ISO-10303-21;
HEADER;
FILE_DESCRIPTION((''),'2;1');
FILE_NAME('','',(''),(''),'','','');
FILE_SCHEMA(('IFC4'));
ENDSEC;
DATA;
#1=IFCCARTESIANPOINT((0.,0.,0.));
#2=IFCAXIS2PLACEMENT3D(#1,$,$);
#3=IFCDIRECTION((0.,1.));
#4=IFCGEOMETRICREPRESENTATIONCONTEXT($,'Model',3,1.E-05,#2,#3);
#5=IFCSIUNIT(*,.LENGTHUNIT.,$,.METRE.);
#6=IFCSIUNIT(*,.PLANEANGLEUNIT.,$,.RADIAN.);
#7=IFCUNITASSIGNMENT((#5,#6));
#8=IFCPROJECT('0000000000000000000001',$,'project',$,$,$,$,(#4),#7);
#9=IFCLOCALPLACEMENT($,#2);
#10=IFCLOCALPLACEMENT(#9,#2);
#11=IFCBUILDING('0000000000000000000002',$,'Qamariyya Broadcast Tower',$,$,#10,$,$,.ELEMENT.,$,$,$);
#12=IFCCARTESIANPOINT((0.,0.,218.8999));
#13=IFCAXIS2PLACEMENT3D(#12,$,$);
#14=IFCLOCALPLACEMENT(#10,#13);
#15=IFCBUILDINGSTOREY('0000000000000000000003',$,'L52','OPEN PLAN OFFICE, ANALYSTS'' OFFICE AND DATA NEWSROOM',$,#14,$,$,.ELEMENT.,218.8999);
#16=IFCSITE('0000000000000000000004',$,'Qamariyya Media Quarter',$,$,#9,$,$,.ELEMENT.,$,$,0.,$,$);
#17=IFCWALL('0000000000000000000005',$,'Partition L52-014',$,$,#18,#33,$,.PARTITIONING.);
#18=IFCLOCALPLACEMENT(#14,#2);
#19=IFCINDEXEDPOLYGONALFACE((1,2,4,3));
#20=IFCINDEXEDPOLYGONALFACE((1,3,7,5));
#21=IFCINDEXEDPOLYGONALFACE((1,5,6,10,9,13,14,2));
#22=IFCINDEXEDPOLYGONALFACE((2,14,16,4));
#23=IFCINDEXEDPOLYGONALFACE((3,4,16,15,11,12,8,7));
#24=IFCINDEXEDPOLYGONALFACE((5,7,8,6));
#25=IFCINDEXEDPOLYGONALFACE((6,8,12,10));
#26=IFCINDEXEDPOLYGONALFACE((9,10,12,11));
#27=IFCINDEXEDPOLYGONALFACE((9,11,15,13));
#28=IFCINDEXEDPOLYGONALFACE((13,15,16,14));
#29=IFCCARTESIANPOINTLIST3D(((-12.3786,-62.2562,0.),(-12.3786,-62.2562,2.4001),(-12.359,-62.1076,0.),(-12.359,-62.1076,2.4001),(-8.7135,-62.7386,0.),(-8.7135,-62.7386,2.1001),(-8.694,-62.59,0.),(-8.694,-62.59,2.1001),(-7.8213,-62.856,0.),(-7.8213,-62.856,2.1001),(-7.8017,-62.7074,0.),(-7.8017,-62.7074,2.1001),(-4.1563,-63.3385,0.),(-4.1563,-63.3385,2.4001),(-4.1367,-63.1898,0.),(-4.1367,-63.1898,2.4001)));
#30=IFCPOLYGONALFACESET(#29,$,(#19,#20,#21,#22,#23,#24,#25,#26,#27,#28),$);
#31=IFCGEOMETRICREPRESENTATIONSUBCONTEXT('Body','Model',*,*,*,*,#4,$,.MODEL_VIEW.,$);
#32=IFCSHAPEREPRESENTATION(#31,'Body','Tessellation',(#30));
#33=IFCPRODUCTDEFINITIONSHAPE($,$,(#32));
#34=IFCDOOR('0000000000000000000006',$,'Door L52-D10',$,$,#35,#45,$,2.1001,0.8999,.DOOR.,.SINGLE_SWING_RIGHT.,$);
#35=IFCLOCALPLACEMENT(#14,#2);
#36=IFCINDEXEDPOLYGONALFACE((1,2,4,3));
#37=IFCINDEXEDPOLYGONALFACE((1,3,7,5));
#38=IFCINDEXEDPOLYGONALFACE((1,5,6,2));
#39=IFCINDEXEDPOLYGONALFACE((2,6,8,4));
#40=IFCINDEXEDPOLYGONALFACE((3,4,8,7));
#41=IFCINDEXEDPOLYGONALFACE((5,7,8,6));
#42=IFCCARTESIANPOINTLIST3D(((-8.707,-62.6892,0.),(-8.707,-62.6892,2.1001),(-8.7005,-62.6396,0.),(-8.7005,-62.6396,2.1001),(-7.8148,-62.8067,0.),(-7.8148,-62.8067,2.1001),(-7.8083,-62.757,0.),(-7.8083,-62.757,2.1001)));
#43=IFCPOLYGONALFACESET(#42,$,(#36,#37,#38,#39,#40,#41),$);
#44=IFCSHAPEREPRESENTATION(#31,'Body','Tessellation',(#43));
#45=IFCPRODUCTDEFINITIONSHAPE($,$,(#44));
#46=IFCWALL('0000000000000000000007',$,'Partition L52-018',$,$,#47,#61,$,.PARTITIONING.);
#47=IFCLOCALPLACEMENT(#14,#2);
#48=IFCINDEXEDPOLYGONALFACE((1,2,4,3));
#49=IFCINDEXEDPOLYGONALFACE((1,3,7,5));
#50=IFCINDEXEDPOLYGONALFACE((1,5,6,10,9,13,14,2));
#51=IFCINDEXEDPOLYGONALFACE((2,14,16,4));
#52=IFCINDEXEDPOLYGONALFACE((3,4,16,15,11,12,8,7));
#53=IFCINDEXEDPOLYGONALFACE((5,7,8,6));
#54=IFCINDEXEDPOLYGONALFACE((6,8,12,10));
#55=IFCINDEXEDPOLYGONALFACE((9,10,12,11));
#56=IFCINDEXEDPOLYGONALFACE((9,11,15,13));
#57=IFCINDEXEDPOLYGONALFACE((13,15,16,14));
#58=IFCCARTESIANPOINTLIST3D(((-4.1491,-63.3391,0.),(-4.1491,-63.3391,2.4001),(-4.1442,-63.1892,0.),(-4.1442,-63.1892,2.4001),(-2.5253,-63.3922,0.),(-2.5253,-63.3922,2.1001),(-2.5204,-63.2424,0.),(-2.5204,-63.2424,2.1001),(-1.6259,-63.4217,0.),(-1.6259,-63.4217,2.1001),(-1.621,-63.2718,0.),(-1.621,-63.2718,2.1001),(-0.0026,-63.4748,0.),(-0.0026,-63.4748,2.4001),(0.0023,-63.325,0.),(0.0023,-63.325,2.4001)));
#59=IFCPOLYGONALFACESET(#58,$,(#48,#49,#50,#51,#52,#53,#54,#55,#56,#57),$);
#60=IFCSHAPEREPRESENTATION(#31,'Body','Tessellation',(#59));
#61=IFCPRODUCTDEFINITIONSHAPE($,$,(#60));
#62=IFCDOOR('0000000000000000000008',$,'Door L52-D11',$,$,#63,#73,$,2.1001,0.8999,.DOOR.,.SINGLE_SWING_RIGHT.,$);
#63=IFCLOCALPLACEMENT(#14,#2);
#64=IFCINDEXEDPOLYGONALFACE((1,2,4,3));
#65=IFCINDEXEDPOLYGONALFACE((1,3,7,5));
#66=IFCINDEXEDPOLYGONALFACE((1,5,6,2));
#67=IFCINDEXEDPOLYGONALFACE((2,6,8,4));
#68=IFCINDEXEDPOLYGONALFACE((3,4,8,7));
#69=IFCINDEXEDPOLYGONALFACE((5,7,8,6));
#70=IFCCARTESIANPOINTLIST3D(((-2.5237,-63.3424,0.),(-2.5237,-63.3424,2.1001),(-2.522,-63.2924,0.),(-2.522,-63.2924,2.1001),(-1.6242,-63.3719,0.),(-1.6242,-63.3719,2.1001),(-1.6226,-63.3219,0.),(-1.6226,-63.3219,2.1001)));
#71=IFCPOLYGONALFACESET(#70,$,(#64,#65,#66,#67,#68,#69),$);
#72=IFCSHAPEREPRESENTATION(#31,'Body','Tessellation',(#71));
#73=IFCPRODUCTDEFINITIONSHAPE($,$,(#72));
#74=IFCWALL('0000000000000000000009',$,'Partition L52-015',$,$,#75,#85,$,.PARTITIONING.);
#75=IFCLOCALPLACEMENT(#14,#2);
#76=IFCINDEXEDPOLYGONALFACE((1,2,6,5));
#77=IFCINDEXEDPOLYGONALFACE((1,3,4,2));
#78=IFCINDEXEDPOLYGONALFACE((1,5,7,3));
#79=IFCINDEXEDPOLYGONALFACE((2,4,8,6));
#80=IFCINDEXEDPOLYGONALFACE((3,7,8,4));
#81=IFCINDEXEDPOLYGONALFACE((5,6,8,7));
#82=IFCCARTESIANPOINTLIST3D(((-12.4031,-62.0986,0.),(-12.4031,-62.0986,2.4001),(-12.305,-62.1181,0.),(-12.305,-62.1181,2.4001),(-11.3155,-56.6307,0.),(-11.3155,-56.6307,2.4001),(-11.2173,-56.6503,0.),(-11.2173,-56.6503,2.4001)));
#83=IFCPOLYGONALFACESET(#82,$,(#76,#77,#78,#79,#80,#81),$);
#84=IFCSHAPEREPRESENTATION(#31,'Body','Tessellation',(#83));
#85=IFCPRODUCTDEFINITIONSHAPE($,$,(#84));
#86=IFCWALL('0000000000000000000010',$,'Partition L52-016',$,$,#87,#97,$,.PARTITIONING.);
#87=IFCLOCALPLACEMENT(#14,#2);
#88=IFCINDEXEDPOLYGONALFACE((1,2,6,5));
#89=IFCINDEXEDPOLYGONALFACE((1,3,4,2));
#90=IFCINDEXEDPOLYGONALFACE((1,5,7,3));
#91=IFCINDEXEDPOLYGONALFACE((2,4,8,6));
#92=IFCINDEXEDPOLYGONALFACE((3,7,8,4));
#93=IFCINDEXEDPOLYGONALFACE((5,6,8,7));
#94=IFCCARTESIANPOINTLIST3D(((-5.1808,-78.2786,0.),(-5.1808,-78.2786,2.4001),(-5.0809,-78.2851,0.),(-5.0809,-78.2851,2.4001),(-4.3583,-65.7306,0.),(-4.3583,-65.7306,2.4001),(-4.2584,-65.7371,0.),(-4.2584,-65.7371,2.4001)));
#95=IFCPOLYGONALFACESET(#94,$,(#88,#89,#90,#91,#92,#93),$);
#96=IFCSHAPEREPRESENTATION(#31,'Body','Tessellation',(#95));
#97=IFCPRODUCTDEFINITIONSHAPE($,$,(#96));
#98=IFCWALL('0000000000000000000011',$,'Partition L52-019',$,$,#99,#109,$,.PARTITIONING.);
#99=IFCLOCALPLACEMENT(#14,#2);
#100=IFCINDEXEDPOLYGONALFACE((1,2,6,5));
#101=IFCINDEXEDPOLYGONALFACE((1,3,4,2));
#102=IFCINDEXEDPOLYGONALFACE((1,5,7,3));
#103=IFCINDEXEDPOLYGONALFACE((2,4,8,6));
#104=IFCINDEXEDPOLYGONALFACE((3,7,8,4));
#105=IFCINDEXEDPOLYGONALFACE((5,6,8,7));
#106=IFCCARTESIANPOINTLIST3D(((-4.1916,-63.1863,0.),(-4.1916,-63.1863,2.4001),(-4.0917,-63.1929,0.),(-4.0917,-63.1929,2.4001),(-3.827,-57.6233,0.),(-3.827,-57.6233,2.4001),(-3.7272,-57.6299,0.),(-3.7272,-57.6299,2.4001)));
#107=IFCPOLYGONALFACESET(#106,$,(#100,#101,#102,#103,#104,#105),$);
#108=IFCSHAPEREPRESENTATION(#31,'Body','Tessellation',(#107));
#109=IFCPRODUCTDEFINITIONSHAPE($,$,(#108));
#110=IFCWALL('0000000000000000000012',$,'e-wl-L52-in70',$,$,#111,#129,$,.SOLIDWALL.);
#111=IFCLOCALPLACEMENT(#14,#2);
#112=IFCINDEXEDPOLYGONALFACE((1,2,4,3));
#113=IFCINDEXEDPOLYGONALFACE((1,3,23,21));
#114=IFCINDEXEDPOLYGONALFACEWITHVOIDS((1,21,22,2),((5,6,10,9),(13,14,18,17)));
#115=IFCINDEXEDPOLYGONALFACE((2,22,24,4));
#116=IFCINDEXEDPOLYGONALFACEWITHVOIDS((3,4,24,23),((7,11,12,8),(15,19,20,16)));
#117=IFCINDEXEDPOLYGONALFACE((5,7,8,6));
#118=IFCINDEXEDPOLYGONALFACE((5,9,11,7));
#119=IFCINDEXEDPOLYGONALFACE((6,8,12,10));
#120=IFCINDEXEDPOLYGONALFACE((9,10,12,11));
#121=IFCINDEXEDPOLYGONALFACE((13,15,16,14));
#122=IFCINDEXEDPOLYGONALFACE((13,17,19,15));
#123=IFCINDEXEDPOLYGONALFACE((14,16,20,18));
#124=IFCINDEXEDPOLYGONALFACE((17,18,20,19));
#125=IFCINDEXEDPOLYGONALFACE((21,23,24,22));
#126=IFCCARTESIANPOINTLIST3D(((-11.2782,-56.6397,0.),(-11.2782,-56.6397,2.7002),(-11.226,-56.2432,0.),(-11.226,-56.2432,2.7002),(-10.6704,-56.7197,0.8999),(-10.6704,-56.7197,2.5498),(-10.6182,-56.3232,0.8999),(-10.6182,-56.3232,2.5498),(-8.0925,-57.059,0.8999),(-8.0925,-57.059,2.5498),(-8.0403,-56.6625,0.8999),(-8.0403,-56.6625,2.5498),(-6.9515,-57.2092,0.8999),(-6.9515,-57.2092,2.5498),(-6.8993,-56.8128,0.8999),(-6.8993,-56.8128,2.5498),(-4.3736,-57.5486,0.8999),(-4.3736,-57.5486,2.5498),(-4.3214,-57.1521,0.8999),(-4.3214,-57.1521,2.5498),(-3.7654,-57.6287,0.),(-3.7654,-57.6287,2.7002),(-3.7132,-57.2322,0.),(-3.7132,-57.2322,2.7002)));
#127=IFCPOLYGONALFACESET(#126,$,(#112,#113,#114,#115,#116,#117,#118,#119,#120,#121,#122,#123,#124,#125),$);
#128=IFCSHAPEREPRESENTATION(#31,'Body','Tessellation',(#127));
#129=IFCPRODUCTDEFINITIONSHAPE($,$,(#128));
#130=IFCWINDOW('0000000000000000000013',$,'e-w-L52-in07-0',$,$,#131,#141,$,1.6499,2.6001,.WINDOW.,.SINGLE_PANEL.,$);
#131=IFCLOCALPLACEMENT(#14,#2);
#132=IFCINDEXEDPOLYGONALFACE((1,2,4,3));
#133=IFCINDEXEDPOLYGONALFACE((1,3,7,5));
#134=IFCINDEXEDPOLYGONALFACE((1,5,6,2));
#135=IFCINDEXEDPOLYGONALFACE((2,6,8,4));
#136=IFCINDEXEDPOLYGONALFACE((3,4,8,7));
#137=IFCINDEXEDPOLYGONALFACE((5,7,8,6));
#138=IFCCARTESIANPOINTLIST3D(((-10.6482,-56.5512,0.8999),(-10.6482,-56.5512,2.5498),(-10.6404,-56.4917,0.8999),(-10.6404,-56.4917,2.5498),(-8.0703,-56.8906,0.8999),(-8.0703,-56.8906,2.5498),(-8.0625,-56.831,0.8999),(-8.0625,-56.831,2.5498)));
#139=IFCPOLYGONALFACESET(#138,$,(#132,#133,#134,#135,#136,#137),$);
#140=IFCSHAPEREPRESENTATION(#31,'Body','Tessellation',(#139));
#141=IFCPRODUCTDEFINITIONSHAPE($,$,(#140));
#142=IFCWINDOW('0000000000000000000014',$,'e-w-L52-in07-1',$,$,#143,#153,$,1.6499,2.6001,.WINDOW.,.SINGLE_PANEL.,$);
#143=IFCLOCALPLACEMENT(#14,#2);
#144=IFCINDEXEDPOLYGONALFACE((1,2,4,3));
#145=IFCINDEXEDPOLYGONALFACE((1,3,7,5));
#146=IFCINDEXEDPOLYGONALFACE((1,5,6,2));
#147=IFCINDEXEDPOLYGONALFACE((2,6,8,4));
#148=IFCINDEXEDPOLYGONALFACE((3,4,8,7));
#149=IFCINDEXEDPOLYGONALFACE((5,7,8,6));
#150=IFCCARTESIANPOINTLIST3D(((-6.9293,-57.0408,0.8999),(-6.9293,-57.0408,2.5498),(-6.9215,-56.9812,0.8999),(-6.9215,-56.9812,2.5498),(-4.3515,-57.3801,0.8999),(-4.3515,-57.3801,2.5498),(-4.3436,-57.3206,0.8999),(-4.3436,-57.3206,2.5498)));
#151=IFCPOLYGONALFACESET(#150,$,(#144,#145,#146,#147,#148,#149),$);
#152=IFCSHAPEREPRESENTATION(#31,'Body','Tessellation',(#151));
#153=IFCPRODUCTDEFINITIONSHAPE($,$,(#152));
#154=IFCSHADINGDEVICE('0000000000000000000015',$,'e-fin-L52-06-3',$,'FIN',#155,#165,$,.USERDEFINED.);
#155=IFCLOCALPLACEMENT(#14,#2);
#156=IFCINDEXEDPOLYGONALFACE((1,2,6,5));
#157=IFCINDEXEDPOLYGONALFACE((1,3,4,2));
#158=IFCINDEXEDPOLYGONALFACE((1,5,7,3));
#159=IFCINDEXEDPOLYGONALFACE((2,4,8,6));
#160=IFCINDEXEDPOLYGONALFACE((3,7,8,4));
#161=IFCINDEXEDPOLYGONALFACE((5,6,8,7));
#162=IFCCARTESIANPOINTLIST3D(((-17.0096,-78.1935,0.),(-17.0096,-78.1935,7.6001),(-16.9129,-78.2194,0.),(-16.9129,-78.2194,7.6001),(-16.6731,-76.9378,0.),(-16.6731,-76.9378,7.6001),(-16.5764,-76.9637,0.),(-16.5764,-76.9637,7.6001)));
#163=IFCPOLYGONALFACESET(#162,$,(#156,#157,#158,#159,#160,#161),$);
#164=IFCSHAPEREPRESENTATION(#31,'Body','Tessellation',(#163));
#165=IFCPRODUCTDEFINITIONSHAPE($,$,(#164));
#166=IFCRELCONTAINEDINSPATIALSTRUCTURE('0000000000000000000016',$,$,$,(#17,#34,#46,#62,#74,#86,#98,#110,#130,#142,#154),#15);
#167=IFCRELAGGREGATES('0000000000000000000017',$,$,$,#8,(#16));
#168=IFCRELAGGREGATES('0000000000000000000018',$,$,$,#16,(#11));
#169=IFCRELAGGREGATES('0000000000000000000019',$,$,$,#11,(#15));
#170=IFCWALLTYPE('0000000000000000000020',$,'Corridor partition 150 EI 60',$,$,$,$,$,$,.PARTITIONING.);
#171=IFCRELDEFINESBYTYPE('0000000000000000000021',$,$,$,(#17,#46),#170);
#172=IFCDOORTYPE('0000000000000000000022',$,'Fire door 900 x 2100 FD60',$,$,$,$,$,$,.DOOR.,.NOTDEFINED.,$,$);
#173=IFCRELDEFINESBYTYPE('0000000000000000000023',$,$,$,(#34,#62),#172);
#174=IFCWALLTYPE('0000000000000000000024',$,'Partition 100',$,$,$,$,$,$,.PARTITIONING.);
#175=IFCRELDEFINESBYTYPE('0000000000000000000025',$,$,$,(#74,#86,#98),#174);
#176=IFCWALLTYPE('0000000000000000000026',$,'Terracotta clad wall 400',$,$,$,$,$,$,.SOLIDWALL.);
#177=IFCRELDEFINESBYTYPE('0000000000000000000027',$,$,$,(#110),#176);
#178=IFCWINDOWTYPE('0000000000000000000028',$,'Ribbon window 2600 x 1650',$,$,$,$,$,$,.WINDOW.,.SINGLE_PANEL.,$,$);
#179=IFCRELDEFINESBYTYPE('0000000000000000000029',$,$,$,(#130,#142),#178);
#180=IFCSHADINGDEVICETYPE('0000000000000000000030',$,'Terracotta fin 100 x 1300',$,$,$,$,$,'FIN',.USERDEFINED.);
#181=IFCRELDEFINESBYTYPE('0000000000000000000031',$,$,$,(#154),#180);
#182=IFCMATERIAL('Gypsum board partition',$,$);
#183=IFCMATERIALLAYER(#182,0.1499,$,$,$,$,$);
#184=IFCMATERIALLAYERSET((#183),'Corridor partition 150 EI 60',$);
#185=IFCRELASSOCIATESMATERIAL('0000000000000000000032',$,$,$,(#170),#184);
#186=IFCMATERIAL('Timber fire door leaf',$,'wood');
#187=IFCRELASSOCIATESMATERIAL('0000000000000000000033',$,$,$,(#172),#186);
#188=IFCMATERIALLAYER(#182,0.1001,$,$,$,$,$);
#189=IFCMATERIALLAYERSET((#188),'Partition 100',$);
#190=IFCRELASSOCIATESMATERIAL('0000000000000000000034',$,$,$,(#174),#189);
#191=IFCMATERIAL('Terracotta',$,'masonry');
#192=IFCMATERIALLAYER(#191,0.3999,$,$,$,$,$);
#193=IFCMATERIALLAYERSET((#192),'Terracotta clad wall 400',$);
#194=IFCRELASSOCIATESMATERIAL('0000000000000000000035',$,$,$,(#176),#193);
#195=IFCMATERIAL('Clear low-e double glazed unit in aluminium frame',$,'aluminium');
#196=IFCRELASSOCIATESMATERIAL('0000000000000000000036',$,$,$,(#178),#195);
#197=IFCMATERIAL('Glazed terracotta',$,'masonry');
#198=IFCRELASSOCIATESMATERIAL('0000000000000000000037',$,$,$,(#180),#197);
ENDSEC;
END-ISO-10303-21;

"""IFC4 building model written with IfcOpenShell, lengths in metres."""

from ifc_helpers import new_model, si_unit, direction, frame, frame_2d, origin, origin_2d, place, context, subcontext, project, spatial, rectangle, extrude, material, layer, layer_set, material_profile, profile_set, type_object, element, fill, save


model = new_model("IFC4")

# Units and contexts
model_context = context("Model", 3, precision=1e-05, world=origin(), true_north=direction((0.0, 1.0)))
body_context = subcontext(model_context, "Body", "Model", "MODEL_VIEW")
ifc_project = project(units=[si_unit("LENGTHUNIT", "METRE"), si_unit("PLANEANGLEUNIT", "RADIAN")], contexts=[model_context])

# Site, building, storey
site_placement = place(None, origin())
site = spatial("IfcSite", under=ifc_project, at=site_placement, Name="Qamariyya Media Quarter", CompositionType="ELEMENT", RefElevation=0.0)
building_placement = place(site_placement, origin())
building = spatial("IfcBuilding", under=site, at=building_placement, Name="Qamariyya Broadcast Tower", CompositionType="ELEMENT")
storey_placement = place(building_placement, frame((0.0, 0.0, 218.8999)))
storey = spatial("IfcBuildingStorey", under=building, at=storey_placement, Name="L52", Description="OPEN PLAN OFFICE, ANALYSTS' OFFICE AND DATA NEWSROOM", CompositionType="ELEMENT", Elevation=218.8999)

# Walls, openings, doors
ifc_material_1 = material(Name="Gypsum board partition")
ifc_layer_1 = layer(ifc_material_1, 0.1499)
ifc_layer_set_1 = layer_set([ifc_layer_1], Name="Corridor partition 150 EI 60")
wall_type_1 = type_object("IfcWallType", Name="Corridor partition 150 EI 60", PredefinedType="PARTITIONING", material=ifc_layer_set_1)
ifc_material_2 = material(Name="Timber fire door leaf", Category="wood")
door_type_1 = type_object("IfcDoorType", Name="Fire door 900 x 2100 FD60", OperationType="NOTDEFINED", PredefinedType="DOOR", material=ifc_material_2)
wall_1_placement = place(storey_placement, frame((-12.3687, -62.1819, 0.0), z_axis=(0.0, 0.0, 1.0), x_axis=(0.991448, -0.130503, 0.0)))
wall_1 = element("IfcWall", 1, at=wall_1_placement, inside=storey, type_object=wall_type_1, Name="Partition L52-014", PredefinedType="PARTITIONING", context=body_context, shape_type="SweptSolid", body=[
    extrude(rectangle(XDim=8.2932, YDim=0.1499, at=frame_2d((4.1465, 0.0))), origin(), (0.0, 0.0, 1.0), 2.4001),
])
opening_1_placement = place(wall_1_placement, frame((3.6965, 0.0, 0.0)))
opening_1 = element("IfcOpeningElement", 2, at=opening_1_placement, cuts=wall_1, PredefinedType="OPENING", context=body_context, shape_type="SweptSolid", body=[
    extrude(rectangle(XDim=0.8999, YDim=2.1001, at=frame_2d((0.45, 1.05))), frame((0.0, 0.085, 0.0), z_axis=(0.0, -1.0, 0.0), x_axis=(1.0, 0.0, 0.0)), (0.0, 0.0, 1.0), 0.1699),
])
door_1_placement = place(opening_1_placement, origin())
door_1 = element("IfcDoor", 3, at=door_1_placement, inside=storey, type_object=door_type_1, Name="Door L52-D10", OperationType="SINGLE_SWING_RIGHT", OverallHeight=2.1001, OverallWidth=0.8999, PredefinedType="DOOR", context=body_context, shape_type="SweptSolid", body=[
    extrude(rectangle(XDim=0.8999, YDim=2.1001, at=frame_2d((0.45, 1.05))), frame((0.0, 0.0249, 0.0), z_axis=(0.0, -1.0, 0.0), x_axis=(1.0, 0.0, 0.0)), (0.0, 0.0, 1.0), 0.05),
])
fill(opening_1, door_1)
wall_2_placement = place(storey_placement, frame((-4.1465, -63.2642, 0.0), z_axis=(0.0, 0.0, 1.0), x_axis=(0.999465, -0.032719, 0.0)))
wall_2 = element("IfcWall", 4, at=wall_2_placement, inside=storey, type_object=wall_type_1, Name="Partition L52-018", PredefinedType="PARTITIONING", context=body_context, shape_type="SweptSolid", body=[
    extrude(rectangle(XDim=4.1487, YDim=0.1499, at=frame_2d((2.0742, 0.0))), origin(), (0.0, 0.0, 1.0), 2.4001),
])
opening_2_placement = place(wall_2_placement, frame((1.6245, 0.0, 0.0)))
opening_2 = element("IfcOpeningElement", 5, at=opening_2_placement, cuts=wall_2, PredefinedType="OPENING", context=body_context, shape_type="SweptSolid", body=[
    extrude(rectangle(XDim=0.8999, YDim=2.1001, at=frame_2d((0.45, 1.05))), frame((0.0, 0.085, 0.0), z_axis=(0.0, -1.0, 0.0), x_axis=(1.0, 0.0, 0.0)), (0.0, 0.0, 1.0), 0.1699),
])
door_2_placement = place(opening_2_placement, origin())
door_2 = element("IfcDoor", 6, at=door_2_placement, inside=storey, type_object=door_type_1, Name="Door L52-D11", OperationType="SINGLE_SWING_RIGHT", OverallHeight=2.1001, OverallWidth=0.8999, PredefinedType="DOOR", context=body_context, shape_type="SweptSolid", body=[
    extrude(rectangle(XDim=0.8999, YDim=2.1001, at=frame_2d((0.45, 1.05))), frame((0.0, 0.0249, 0.0), z_axis=(0.0, -1.0, 0.0), x_axis=(1.0, 0.0, 0.0)), (0.0, 0.0, 1.0), 0.05),
])
fill(opening_2, door_2)

# Walls
ifc_layer_2 = layer(ifc_material_1, 0.1001)
ifc_layer_set_2 = layer_set([ifc_layer_2], Name="Partition 100")
wall_type_2 = type_object("IfcWallType", Name="Partition 100", PredefinedType="PARTITIONING", material=ifc_layer_set_2)
wall_3_placement = place(storey_placement, frame((-11.2664, -56.6404, 0.0), z_axis=(0.0, 0.0, 1.0), x_axis=(-0.195097, -0.980784, 0.0)))
element("IfcWall", 7, at=wall_3_placement, inside=storey, type_object=wall_type_2, Name="Partition L52-015", PredefinedType="PARTITIONING", context=body_context, shape_type="SweptSolid", body=[
    extrude(rectangle(XDim=5.575, YDim=0.1001, at=frame_2d((2.7876, 0.0))), origin(), (0.0, 0.0, 1.0), 2.4001),
])
wall_4_placement = place(storey_placement, frame((-5.1309, -78.282, 0.0), z_axis=(0.0, 0.0, 1.0), x_axis=(0.065408, 0.997859, 0.0)))
element("IfcWall", 8, at=wall_4_placement, inside=storey, type_object=wall_type_2, Name="Partition L52-016", PredefinedType="PARTITIONING", context=body_context, shape_type="SweptSolid", body=[
    extrude(rectangle(XDim=12.575, YDim=0.1001, at=frame_2d((6.2876, 0.0))), origin(), (0.0, 0.0, 1.0), 2.4001),
])
wall_5_placement = place(storey_placement, frame((-3.7771, -57.6265, 0.0), z_axis=(0.0, 0.0, 1.0), x_axis=(-0.065382, -0.99786, 0.0)))
element("IfcWall", 9, at=wall_5_placement, inside=storey, type_object=wall_type_2, Name="Partition L52-019", PredefinedType="PARTITIONING", context=body_context, shape_type="SweptSolid", body=[
    extrude(rectangle(XDim=5.575, YDim=0.1001, at=frame_2d((2.7876, 0.0))), origin(), (0.0, 0.0, 1.0), 2.4001),
])

# Wall, openings, windows
ifc_material_3 = material(Name="Terracotta", Category="masonry")
ifc_layer_3 = layer(ifc_material_3, 0.3999)
ifc_layer_set_3 = layer_set([ifc_layer_3], Name="Terracotta clad wall 400")
wall_type_3 = type_object("IfcWallType", Name="Terracotta clad wall 400", PredefinedType="SOLIDWALL", material=ifc_layer_set_3)
wall_6_placement = place(storey_placement, frame((-3.7393, -57.4304, 0.0), z_axis=(0.0, 0.0, 1.0), x_axis=(-0.991446, 0.130515, 0.0)))
wall_6 = element("IfcWall", 10, at=wall_6_placement, inside=storey, type_object=wall_type_3, Name="e-wl-L52-in70", PredefinedType="SOLIDWALL", context=body_context, shape_type="SweptSolid", body=[
    extrude(rectangle(XDim=7.5776, YDim=0.3999, at=frame_2d((3.7888, 0.0))), origin(), (0.0, 0.0, 1.0), 2.7002),
])
opening_3_placement = place(wall_6_placement, frame((4.3645, 0.0, 0.8999)))
opening_3 = element("IfcOpeningElement", 11, at=opening_3_placement, cuts=wall_6, PredefinedType="OPENING", context=body_context, shape_type="SweptSolid", body=[
    extrude(rectangle(XDim=2.6001, YDim=1.6499, at=frame_2d((1.3, 0.825))), frame((0.0, 0.21, 0.0), z_axis=(0.0, -1.0, 0.0), x_axis=(1.0, 0.0, 0.0)), (0.0, 0.0, 1.0), 0.4199),
])
opening_4_placement = place(wall_6_placement, frame((0.6135, 0.0, 0.8999)))
opening_4 = element("IfcOpeningElement", 12, at=opening_4_placement, cuts=wall_6, PredefinedType="OPENING", context=body_context, shape_type="SweptSolid", body=[
    extrude(rectangle(XDim=2.6001, YDim=1.6499, at=frame_2d((1.3, 0.825))), frame((0.0, 0.21, 0.0), z_axis=(0.0, -1.0, 0.0), x_axis=(1.0, 0.0, 0.0)), (0.0, 0.0, 1.0), 0.4199),
])
ifc_material_4 = material(Name="Clear low-e double glazed unit in aluminium frame", Category="aluminium")
window_type = type_object("IfcWindowType", Name="Ribbon window 2600 x 1650", PartitioningType="SINGLE_PANEL", PredefinedType="WINDOW", material=ifc_material_4)
window_1_placement = place(opening_3_placement, origin())
window_1 = element("IfcWindow", 13, at=window_1_placement, inside=storey, type_object=window_type, Name="e-w-L52-in07-0", OverallHeight=1.6499, OverallWidth=2.6001, PartitioningType="SINGLE_PANEL", PredefinedType="WINDOW", context=body_context, shape_type="SweptSolid", body=[
    extrude(rectangle(XDim=2.6001, YDim=1.6499, at=frame_2d((1.3, 0.825))), frame((0.0, 0.03, 0.0), z_axis=(0.0, -1.0, 0.0), x_axis=(1.0, 0.0, 0.0)), (0.0, 0.0, 1.0), 0.0601),
])
fill(opening_3, window_1)
window_2_placement = place(opening_4_placement, origin())
window_2 = element("IfcWindow", 14, at=window_2_placement, inside=storey, type_object=window_type, Name="e-w-L52-in07-1", OverallHeight=1.6499, OverallWidth=2.6001, PartitioningType="SINGLE_PANEL", PredefinedType="WINDOW", context=body_context, shape_type="SweptSolid", body=[
    extrude(rectangle(XDim=2.6001, YDim=1.6499, at=frame_2d((1.3, 0.825))), frame((0.0, 0.03, 0.0), z_axis=(0.0, -1.0, 0.0), x_axis=(1.0, 0.0, 0.0)), (0.0, 0.0, 1.0), 0.0601),
])
fill(opening_4, window_2)

# Shading device
ifc_material_5 = material(Name="Glazed terracotta", Category="masonry")
ifc_material_profile_1 = material_profile(ifc_material_5, rectangle(XDim=1.3, YDim=0.1001, at=origin_2d()))
ifc_profile_set_1 = profile_set([ifc_material_profile_1], Name="Glazed terracotta")
shading_device_type = type_object("IfcShadingDeviceType", Name="Terracotta fin 100 x 1300", ElementType="FIN", PredefinedType="USERDEFINED", material=ifc_profile_set_1)
shading_device_placement = place(storey_placement, frame((-16.793, -77.5786, 0.0), z_axis=(0.0, 0.0, 1.0), x_axis=(-0.258819, -0.965926, 0.0)))
element("IfcShadingDevice", 15, at=shading_device_placement, inside=storey, type_object=shading_device_type, Name="e-fin-L52-06-3", ObjectType="FIN", PredefinedType="USERDEFINED", context=body_context, shape_type="SweptSolid", body=[
    extrude(rectangle(XDim=1.3, YDim=0.1001, at=origin_2d()), origin(), (0.0, 0.0, 1.0), 7.6001),
])

save(model, "model.ifc")
